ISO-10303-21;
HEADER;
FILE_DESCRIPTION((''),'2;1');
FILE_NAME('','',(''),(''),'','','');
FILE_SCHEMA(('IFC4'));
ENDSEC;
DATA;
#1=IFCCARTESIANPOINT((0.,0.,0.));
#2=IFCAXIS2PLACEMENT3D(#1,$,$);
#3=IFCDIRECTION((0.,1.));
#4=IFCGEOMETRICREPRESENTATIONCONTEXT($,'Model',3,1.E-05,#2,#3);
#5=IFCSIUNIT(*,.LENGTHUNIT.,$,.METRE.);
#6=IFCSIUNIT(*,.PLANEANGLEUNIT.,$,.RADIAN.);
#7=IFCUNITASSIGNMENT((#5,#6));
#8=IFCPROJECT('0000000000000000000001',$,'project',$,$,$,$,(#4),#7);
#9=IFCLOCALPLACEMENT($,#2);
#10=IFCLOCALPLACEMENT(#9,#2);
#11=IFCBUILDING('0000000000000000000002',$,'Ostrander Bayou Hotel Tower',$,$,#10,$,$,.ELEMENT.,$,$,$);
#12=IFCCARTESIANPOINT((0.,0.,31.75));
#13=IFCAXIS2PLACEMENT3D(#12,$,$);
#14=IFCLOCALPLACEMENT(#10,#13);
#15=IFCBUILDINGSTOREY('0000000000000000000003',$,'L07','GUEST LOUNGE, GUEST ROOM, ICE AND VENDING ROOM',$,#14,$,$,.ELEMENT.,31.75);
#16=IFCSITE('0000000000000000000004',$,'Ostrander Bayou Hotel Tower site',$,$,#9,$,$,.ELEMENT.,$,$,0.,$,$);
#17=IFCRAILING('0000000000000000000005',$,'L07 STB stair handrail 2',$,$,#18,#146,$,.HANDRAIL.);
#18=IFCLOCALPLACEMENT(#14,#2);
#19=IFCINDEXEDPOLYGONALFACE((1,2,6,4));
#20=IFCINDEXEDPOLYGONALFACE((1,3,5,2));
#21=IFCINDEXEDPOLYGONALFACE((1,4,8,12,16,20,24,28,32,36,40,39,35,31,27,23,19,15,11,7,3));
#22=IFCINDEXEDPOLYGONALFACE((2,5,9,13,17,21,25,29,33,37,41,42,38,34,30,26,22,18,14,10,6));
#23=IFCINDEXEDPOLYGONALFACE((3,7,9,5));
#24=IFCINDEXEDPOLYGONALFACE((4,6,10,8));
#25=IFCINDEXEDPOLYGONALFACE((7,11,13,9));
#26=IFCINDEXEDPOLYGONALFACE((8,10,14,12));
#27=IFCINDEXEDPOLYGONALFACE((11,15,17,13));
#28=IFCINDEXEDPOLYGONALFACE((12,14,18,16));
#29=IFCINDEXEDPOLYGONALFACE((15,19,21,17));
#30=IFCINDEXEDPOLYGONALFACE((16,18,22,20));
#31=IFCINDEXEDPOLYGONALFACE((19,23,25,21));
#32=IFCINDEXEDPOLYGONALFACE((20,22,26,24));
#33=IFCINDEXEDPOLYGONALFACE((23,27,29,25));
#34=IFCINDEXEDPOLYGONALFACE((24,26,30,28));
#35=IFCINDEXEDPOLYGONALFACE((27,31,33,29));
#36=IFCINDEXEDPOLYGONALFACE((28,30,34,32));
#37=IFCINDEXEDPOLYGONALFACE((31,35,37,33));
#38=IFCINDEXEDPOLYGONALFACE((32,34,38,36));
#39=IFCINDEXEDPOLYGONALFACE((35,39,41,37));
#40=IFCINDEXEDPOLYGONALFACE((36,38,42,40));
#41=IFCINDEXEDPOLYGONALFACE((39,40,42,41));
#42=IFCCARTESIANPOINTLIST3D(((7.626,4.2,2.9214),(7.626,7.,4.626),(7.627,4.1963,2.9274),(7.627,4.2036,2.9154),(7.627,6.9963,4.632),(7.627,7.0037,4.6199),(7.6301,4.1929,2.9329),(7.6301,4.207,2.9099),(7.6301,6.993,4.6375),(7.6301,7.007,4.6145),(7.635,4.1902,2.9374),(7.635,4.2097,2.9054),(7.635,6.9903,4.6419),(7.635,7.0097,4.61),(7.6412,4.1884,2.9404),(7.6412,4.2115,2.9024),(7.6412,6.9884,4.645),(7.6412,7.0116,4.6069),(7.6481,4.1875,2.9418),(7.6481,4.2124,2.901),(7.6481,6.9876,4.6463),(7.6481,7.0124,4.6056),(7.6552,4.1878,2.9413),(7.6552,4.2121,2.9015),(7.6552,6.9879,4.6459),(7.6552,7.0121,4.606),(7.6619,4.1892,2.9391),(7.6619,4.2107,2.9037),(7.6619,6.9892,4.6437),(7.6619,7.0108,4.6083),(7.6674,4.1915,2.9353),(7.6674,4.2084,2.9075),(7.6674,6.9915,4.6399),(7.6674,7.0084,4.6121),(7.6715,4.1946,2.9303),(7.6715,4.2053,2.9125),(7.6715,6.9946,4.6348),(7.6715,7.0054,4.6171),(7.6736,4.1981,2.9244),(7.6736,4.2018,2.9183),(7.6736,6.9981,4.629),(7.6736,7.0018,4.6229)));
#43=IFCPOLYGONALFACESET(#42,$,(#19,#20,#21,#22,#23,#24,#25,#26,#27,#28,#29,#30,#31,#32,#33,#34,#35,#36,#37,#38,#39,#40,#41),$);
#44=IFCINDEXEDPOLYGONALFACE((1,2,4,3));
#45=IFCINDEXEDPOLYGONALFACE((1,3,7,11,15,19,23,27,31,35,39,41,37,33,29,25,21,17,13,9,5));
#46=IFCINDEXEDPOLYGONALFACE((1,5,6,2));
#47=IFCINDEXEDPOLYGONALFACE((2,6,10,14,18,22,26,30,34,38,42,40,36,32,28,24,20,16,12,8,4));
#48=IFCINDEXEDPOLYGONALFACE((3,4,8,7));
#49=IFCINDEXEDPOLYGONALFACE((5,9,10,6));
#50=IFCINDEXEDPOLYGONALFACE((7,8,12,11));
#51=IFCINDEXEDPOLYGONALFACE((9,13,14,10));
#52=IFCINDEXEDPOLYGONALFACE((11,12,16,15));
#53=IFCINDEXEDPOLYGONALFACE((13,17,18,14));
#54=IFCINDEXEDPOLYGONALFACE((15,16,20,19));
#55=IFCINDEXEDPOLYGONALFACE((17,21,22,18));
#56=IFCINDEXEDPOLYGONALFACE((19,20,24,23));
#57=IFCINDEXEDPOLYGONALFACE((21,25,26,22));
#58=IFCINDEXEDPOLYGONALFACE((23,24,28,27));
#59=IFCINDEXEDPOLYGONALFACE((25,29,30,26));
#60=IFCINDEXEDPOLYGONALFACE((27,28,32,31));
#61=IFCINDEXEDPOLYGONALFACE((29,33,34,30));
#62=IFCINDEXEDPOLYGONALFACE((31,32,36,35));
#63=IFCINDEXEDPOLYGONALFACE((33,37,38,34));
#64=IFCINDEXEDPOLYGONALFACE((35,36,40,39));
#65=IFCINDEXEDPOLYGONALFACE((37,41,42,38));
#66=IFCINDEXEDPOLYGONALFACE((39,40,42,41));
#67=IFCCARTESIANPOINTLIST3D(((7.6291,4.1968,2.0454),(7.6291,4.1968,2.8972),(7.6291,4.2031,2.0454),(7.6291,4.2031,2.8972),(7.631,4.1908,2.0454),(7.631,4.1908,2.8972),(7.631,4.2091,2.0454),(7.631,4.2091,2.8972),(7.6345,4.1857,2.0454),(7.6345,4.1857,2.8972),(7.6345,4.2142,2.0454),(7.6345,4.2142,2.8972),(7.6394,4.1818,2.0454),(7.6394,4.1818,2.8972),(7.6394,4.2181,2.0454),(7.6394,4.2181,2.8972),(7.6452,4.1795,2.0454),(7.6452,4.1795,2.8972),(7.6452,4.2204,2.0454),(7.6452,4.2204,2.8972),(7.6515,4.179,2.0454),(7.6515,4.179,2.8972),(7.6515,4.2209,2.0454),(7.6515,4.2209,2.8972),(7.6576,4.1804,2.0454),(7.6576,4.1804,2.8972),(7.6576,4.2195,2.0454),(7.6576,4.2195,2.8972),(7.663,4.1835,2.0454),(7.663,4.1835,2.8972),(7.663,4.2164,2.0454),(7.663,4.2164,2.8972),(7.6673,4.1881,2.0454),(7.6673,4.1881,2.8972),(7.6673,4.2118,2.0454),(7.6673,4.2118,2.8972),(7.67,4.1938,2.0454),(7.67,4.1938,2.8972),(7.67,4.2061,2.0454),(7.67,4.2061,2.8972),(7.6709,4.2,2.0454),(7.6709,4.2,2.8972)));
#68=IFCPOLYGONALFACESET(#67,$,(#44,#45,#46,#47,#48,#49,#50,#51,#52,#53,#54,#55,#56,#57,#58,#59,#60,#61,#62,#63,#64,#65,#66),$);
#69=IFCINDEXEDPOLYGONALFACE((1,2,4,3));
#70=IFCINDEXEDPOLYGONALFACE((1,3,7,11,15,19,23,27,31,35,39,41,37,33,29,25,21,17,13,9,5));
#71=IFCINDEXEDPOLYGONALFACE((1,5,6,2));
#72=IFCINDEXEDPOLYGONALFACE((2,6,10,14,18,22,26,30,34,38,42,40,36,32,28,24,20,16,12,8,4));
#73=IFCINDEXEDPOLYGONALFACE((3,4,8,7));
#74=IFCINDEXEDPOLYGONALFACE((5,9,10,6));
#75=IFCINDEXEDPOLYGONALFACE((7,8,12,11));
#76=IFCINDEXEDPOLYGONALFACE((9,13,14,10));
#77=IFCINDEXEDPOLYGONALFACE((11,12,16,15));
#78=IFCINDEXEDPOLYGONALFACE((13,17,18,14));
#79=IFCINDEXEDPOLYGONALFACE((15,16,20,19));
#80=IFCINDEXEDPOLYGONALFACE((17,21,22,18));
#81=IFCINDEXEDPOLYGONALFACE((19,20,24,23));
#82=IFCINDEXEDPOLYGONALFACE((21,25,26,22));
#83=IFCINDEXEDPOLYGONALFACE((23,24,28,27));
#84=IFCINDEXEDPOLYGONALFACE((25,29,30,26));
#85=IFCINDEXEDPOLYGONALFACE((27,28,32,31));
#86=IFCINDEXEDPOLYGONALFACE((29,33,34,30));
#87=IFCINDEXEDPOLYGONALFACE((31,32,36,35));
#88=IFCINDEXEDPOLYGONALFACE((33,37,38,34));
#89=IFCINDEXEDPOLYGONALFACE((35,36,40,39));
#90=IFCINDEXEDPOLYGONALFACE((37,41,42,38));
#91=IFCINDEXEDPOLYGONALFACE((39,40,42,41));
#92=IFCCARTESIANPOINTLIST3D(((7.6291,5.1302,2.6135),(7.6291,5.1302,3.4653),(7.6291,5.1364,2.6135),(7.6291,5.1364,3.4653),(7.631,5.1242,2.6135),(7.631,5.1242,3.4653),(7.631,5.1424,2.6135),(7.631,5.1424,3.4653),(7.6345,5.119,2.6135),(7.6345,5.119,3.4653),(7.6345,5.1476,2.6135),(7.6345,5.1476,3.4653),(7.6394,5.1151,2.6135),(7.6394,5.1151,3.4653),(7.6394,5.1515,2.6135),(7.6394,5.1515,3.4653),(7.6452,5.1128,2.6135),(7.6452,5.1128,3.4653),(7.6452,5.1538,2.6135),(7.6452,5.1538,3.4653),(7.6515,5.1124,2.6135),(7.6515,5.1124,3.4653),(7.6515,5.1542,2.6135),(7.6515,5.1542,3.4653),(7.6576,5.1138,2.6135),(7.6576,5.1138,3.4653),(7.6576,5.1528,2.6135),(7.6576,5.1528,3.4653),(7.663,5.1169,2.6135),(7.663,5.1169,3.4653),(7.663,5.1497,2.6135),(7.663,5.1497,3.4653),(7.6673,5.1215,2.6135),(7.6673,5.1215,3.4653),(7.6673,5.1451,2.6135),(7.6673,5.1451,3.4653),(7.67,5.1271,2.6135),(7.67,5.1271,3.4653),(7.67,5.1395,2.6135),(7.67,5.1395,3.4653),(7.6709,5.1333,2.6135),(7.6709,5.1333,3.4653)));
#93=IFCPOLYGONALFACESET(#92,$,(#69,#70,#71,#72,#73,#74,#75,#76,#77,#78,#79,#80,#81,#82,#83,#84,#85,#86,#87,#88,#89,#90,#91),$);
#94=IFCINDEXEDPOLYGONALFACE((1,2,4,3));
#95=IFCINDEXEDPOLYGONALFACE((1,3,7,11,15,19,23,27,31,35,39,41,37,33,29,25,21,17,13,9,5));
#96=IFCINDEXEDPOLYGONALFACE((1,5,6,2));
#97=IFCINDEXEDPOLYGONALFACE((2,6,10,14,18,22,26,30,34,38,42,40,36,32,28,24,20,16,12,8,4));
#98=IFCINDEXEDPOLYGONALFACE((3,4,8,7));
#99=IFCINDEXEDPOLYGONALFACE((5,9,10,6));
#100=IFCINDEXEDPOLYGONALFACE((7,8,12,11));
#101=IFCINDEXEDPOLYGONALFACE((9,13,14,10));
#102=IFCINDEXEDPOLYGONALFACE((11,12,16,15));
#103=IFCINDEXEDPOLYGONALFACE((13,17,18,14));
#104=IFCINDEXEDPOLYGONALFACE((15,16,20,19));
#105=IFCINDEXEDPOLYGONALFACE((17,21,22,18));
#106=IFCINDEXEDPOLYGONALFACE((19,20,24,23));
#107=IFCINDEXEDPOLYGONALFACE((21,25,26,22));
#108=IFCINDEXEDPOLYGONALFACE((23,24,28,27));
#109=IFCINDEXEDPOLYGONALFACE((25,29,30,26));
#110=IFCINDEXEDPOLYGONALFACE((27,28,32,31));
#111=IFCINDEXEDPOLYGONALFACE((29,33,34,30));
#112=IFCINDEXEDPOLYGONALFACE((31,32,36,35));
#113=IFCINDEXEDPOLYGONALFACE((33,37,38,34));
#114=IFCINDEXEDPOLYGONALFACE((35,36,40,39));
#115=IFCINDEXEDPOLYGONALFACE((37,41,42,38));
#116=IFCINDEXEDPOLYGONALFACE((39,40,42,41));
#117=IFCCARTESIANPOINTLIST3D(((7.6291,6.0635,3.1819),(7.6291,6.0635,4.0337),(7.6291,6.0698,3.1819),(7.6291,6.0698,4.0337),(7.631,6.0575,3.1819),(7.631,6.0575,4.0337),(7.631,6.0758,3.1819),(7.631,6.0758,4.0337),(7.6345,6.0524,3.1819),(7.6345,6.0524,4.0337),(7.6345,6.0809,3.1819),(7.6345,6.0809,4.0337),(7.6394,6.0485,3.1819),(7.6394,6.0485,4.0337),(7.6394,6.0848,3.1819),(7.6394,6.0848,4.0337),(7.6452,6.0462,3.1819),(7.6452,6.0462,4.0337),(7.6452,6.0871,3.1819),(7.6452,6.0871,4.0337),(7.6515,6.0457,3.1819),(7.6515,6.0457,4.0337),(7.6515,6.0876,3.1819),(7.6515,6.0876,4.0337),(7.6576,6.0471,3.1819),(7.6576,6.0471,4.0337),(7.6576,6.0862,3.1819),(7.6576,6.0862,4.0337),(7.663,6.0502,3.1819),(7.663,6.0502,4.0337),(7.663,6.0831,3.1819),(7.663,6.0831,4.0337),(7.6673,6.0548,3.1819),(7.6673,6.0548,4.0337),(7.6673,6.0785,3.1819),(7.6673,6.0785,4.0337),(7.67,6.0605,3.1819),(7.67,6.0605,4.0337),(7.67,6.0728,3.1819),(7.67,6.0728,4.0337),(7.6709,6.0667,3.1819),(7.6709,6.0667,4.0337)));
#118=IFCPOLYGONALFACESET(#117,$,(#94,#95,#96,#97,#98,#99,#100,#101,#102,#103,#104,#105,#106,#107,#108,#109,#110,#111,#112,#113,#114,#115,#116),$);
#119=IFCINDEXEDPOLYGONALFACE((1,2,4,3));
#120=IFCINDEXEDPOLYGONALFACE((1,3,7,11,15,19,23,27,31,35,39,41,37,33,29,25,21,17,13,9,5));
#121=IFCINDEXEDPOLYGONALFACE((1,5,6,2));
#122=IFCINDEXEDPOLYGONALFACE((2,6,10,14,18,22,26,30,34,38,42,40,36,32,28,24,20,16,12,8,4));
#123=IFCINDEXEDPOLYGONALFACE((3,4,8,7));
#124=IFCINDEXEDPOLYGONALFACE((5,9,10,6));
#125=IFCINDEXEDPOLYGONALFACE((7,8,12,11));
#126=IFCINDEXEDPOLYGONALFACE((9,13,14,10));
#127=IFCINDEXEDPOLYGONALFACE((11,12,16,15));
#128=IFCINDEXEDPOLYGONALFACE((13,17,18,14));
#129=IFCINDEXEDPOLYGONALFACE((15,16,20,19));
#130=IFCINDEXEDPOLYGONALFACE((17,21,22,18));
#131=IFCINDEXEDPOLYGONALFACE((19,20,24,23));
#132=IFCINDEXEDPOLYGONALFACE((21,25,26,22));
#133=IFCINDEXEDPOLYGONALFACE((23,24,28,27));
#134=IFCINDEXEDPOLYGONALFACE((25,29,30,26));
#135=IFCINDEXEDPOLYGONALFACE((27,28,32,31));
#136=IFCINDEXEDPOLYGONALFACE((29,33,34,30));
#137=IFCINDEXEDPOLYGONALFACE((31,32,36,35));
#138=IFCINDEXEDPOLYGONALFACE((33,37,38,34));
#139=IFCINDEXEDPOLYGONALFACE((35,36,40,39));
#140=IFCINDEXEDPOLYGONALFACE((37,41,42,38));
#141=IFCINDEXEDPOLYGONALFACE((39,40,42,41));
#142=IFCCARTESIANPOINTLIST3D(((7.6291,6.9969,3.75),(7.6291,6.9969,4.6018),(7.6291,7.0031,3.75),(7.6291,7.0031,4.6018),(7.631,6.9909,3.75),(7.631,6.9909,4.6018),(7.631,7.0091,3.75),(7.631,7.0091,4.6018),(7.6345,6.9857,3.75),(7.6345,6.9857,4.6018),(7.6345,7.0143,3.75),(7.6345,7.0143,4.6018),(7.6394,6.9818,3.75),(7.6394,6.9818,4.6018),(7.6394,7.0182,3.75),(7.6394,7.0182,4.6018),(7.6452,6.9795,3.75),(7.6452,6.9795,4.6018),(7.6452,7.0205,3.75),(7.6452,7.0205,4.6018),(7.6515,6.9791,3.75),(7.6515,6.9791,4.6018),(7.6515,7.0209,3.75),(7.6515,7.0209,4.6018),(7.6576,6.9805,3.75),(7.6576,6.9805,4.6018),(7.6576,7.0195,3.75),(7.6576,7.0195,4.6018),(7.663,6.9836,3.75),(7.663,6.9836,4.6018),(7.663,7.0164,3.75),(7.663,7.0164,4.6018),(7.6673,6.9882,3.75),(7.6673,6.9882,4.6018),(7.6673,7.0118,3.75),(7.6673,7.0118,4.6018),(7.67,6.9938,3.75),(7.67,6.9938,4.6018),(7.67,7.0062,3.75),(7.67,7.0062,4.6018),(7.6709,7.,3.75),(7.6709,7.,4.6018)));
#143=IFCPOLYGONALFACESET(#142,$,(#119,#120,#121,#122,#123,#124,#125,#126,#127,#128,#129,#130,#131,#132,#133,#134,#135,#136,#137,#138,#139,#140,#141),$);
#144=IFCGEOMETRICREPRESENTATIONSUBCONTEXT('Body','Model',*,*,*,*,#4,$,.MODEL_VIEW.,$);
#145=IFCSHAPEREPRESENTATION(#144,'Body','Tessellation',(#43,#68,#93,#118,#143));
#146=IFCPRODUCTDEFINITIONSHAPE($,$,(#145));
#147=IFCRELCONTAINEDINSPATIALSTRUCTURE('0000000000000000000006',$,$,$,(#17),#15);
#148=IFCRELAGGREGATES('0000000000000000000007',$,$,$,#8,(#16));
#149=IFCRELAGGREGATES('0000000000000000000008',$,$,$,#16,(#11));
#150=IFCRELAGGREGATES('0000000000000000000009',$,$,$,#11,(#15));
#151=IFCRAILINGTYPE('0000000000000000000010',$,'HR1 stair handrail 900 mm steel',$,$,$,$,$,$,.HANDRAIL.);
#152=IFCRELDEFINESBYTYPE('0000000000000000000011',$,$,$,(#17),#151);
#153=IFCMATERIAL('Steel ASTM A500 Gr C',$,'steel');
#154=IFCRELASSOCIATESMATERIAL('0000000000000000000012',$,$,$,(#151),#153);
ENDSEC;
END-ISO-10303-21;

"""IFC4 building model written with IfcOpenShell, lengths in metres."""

from ifc_helpers import new_model, si_unit, direction, frame, origin, origin_2d, place, context, subcontext, project, spatial, circle, extrude, material, type_object, element, save


model = new_model("IFC4")

# Units and contexts
model_context = context("Model", 3, precision=1e-05, world=origin(), true_north=direction((0.0, 1.0)))
body_context = subcontext(model_context, "Body", "Model", "MODEL_VIEW")
ifc_project = project(units=[si_unit("LENGTHUNIT", "METRE"), si_unit("PLANEANGLEUNIT", "RADIAN")], contexts=[model_context])

# Site, building, storey
site_placement = place(None, origin())
site = spatial("IfcSite", under=ifc_project, at=site_placement, Name="Ostrander Bayou Hotel Tower site", CompositionType="ELEMENT", RefElevation=0.0)
building_placement = place(site_placement, origin())
building = spatial("IfcBuilding", under=site, at=building_placement, Name="Ostrander Bayou Hotel Tower", CompositionType="ELEMENT")
storey_placement = place(building_placement, frame((0.0, 0.0, 31.75)))
storey = spatial("IfcBuildingStorey", under=building, at=storey_placement, Name="L07", Description="GUEST LOUNGE, GUEST ROOM, ICE AND VENDING ROOM", CompositionType="ELEMENT", Elevation=31.75)

# Railing
ifc_material_1 = material(Name="Steel ASTM A500 Gr C", Category="steel")
railing_type_1 = type_object("IfcRailingType", Name="HR1 stair handrail 900 mm steel", PredefinedType="HANDRAIL", material=ifc_material_1)
railing_1_placement = place(storey_placement, frame((7.6499, 4.2, 2.0454)))
element("IfcRailing", 1, at=railing_1_placement, inside=storey, type_object=railing_type_1, Name="L07 STB stair handrail 2", PredefinedType="HANDRAIL", context=body_context, shape_type="SweptSolid", body=[
    extrude(circle(Radius=0.0239, at=origin_2d()), frame((0.0, 0.0, 0.876), z_axis=(0.0, 0.85417, 0.519994), x_axis=(-1.0, 0.0, 0.0)), (0.0, 0.0, 1.0), 3.2781),
    extrude(circle(Radius=0.021, at=origin_2d()), origin(), (0.0, 0.0, 1.0), 0.8518),
    extrude(circle(Radius=0.021, at=origin_2d()), frame((0.0, 0.9333, 0.5681)), (0.0, 0.0, 1.0), 0.8518),
    extrude(circle(Radius=0.021, at=origin_2d()), frame((0.0, 1.8667, 1.1365)), (0.0, 0.0, 1.0), 0.8518),
    extrude(circle(Radius=0.021, at=origin_2d()), frame((0.0, 2.8, 1.7046)), (0.0, 0.0, 1.0), 0.8518),
])

save(model, "model.ifc")
